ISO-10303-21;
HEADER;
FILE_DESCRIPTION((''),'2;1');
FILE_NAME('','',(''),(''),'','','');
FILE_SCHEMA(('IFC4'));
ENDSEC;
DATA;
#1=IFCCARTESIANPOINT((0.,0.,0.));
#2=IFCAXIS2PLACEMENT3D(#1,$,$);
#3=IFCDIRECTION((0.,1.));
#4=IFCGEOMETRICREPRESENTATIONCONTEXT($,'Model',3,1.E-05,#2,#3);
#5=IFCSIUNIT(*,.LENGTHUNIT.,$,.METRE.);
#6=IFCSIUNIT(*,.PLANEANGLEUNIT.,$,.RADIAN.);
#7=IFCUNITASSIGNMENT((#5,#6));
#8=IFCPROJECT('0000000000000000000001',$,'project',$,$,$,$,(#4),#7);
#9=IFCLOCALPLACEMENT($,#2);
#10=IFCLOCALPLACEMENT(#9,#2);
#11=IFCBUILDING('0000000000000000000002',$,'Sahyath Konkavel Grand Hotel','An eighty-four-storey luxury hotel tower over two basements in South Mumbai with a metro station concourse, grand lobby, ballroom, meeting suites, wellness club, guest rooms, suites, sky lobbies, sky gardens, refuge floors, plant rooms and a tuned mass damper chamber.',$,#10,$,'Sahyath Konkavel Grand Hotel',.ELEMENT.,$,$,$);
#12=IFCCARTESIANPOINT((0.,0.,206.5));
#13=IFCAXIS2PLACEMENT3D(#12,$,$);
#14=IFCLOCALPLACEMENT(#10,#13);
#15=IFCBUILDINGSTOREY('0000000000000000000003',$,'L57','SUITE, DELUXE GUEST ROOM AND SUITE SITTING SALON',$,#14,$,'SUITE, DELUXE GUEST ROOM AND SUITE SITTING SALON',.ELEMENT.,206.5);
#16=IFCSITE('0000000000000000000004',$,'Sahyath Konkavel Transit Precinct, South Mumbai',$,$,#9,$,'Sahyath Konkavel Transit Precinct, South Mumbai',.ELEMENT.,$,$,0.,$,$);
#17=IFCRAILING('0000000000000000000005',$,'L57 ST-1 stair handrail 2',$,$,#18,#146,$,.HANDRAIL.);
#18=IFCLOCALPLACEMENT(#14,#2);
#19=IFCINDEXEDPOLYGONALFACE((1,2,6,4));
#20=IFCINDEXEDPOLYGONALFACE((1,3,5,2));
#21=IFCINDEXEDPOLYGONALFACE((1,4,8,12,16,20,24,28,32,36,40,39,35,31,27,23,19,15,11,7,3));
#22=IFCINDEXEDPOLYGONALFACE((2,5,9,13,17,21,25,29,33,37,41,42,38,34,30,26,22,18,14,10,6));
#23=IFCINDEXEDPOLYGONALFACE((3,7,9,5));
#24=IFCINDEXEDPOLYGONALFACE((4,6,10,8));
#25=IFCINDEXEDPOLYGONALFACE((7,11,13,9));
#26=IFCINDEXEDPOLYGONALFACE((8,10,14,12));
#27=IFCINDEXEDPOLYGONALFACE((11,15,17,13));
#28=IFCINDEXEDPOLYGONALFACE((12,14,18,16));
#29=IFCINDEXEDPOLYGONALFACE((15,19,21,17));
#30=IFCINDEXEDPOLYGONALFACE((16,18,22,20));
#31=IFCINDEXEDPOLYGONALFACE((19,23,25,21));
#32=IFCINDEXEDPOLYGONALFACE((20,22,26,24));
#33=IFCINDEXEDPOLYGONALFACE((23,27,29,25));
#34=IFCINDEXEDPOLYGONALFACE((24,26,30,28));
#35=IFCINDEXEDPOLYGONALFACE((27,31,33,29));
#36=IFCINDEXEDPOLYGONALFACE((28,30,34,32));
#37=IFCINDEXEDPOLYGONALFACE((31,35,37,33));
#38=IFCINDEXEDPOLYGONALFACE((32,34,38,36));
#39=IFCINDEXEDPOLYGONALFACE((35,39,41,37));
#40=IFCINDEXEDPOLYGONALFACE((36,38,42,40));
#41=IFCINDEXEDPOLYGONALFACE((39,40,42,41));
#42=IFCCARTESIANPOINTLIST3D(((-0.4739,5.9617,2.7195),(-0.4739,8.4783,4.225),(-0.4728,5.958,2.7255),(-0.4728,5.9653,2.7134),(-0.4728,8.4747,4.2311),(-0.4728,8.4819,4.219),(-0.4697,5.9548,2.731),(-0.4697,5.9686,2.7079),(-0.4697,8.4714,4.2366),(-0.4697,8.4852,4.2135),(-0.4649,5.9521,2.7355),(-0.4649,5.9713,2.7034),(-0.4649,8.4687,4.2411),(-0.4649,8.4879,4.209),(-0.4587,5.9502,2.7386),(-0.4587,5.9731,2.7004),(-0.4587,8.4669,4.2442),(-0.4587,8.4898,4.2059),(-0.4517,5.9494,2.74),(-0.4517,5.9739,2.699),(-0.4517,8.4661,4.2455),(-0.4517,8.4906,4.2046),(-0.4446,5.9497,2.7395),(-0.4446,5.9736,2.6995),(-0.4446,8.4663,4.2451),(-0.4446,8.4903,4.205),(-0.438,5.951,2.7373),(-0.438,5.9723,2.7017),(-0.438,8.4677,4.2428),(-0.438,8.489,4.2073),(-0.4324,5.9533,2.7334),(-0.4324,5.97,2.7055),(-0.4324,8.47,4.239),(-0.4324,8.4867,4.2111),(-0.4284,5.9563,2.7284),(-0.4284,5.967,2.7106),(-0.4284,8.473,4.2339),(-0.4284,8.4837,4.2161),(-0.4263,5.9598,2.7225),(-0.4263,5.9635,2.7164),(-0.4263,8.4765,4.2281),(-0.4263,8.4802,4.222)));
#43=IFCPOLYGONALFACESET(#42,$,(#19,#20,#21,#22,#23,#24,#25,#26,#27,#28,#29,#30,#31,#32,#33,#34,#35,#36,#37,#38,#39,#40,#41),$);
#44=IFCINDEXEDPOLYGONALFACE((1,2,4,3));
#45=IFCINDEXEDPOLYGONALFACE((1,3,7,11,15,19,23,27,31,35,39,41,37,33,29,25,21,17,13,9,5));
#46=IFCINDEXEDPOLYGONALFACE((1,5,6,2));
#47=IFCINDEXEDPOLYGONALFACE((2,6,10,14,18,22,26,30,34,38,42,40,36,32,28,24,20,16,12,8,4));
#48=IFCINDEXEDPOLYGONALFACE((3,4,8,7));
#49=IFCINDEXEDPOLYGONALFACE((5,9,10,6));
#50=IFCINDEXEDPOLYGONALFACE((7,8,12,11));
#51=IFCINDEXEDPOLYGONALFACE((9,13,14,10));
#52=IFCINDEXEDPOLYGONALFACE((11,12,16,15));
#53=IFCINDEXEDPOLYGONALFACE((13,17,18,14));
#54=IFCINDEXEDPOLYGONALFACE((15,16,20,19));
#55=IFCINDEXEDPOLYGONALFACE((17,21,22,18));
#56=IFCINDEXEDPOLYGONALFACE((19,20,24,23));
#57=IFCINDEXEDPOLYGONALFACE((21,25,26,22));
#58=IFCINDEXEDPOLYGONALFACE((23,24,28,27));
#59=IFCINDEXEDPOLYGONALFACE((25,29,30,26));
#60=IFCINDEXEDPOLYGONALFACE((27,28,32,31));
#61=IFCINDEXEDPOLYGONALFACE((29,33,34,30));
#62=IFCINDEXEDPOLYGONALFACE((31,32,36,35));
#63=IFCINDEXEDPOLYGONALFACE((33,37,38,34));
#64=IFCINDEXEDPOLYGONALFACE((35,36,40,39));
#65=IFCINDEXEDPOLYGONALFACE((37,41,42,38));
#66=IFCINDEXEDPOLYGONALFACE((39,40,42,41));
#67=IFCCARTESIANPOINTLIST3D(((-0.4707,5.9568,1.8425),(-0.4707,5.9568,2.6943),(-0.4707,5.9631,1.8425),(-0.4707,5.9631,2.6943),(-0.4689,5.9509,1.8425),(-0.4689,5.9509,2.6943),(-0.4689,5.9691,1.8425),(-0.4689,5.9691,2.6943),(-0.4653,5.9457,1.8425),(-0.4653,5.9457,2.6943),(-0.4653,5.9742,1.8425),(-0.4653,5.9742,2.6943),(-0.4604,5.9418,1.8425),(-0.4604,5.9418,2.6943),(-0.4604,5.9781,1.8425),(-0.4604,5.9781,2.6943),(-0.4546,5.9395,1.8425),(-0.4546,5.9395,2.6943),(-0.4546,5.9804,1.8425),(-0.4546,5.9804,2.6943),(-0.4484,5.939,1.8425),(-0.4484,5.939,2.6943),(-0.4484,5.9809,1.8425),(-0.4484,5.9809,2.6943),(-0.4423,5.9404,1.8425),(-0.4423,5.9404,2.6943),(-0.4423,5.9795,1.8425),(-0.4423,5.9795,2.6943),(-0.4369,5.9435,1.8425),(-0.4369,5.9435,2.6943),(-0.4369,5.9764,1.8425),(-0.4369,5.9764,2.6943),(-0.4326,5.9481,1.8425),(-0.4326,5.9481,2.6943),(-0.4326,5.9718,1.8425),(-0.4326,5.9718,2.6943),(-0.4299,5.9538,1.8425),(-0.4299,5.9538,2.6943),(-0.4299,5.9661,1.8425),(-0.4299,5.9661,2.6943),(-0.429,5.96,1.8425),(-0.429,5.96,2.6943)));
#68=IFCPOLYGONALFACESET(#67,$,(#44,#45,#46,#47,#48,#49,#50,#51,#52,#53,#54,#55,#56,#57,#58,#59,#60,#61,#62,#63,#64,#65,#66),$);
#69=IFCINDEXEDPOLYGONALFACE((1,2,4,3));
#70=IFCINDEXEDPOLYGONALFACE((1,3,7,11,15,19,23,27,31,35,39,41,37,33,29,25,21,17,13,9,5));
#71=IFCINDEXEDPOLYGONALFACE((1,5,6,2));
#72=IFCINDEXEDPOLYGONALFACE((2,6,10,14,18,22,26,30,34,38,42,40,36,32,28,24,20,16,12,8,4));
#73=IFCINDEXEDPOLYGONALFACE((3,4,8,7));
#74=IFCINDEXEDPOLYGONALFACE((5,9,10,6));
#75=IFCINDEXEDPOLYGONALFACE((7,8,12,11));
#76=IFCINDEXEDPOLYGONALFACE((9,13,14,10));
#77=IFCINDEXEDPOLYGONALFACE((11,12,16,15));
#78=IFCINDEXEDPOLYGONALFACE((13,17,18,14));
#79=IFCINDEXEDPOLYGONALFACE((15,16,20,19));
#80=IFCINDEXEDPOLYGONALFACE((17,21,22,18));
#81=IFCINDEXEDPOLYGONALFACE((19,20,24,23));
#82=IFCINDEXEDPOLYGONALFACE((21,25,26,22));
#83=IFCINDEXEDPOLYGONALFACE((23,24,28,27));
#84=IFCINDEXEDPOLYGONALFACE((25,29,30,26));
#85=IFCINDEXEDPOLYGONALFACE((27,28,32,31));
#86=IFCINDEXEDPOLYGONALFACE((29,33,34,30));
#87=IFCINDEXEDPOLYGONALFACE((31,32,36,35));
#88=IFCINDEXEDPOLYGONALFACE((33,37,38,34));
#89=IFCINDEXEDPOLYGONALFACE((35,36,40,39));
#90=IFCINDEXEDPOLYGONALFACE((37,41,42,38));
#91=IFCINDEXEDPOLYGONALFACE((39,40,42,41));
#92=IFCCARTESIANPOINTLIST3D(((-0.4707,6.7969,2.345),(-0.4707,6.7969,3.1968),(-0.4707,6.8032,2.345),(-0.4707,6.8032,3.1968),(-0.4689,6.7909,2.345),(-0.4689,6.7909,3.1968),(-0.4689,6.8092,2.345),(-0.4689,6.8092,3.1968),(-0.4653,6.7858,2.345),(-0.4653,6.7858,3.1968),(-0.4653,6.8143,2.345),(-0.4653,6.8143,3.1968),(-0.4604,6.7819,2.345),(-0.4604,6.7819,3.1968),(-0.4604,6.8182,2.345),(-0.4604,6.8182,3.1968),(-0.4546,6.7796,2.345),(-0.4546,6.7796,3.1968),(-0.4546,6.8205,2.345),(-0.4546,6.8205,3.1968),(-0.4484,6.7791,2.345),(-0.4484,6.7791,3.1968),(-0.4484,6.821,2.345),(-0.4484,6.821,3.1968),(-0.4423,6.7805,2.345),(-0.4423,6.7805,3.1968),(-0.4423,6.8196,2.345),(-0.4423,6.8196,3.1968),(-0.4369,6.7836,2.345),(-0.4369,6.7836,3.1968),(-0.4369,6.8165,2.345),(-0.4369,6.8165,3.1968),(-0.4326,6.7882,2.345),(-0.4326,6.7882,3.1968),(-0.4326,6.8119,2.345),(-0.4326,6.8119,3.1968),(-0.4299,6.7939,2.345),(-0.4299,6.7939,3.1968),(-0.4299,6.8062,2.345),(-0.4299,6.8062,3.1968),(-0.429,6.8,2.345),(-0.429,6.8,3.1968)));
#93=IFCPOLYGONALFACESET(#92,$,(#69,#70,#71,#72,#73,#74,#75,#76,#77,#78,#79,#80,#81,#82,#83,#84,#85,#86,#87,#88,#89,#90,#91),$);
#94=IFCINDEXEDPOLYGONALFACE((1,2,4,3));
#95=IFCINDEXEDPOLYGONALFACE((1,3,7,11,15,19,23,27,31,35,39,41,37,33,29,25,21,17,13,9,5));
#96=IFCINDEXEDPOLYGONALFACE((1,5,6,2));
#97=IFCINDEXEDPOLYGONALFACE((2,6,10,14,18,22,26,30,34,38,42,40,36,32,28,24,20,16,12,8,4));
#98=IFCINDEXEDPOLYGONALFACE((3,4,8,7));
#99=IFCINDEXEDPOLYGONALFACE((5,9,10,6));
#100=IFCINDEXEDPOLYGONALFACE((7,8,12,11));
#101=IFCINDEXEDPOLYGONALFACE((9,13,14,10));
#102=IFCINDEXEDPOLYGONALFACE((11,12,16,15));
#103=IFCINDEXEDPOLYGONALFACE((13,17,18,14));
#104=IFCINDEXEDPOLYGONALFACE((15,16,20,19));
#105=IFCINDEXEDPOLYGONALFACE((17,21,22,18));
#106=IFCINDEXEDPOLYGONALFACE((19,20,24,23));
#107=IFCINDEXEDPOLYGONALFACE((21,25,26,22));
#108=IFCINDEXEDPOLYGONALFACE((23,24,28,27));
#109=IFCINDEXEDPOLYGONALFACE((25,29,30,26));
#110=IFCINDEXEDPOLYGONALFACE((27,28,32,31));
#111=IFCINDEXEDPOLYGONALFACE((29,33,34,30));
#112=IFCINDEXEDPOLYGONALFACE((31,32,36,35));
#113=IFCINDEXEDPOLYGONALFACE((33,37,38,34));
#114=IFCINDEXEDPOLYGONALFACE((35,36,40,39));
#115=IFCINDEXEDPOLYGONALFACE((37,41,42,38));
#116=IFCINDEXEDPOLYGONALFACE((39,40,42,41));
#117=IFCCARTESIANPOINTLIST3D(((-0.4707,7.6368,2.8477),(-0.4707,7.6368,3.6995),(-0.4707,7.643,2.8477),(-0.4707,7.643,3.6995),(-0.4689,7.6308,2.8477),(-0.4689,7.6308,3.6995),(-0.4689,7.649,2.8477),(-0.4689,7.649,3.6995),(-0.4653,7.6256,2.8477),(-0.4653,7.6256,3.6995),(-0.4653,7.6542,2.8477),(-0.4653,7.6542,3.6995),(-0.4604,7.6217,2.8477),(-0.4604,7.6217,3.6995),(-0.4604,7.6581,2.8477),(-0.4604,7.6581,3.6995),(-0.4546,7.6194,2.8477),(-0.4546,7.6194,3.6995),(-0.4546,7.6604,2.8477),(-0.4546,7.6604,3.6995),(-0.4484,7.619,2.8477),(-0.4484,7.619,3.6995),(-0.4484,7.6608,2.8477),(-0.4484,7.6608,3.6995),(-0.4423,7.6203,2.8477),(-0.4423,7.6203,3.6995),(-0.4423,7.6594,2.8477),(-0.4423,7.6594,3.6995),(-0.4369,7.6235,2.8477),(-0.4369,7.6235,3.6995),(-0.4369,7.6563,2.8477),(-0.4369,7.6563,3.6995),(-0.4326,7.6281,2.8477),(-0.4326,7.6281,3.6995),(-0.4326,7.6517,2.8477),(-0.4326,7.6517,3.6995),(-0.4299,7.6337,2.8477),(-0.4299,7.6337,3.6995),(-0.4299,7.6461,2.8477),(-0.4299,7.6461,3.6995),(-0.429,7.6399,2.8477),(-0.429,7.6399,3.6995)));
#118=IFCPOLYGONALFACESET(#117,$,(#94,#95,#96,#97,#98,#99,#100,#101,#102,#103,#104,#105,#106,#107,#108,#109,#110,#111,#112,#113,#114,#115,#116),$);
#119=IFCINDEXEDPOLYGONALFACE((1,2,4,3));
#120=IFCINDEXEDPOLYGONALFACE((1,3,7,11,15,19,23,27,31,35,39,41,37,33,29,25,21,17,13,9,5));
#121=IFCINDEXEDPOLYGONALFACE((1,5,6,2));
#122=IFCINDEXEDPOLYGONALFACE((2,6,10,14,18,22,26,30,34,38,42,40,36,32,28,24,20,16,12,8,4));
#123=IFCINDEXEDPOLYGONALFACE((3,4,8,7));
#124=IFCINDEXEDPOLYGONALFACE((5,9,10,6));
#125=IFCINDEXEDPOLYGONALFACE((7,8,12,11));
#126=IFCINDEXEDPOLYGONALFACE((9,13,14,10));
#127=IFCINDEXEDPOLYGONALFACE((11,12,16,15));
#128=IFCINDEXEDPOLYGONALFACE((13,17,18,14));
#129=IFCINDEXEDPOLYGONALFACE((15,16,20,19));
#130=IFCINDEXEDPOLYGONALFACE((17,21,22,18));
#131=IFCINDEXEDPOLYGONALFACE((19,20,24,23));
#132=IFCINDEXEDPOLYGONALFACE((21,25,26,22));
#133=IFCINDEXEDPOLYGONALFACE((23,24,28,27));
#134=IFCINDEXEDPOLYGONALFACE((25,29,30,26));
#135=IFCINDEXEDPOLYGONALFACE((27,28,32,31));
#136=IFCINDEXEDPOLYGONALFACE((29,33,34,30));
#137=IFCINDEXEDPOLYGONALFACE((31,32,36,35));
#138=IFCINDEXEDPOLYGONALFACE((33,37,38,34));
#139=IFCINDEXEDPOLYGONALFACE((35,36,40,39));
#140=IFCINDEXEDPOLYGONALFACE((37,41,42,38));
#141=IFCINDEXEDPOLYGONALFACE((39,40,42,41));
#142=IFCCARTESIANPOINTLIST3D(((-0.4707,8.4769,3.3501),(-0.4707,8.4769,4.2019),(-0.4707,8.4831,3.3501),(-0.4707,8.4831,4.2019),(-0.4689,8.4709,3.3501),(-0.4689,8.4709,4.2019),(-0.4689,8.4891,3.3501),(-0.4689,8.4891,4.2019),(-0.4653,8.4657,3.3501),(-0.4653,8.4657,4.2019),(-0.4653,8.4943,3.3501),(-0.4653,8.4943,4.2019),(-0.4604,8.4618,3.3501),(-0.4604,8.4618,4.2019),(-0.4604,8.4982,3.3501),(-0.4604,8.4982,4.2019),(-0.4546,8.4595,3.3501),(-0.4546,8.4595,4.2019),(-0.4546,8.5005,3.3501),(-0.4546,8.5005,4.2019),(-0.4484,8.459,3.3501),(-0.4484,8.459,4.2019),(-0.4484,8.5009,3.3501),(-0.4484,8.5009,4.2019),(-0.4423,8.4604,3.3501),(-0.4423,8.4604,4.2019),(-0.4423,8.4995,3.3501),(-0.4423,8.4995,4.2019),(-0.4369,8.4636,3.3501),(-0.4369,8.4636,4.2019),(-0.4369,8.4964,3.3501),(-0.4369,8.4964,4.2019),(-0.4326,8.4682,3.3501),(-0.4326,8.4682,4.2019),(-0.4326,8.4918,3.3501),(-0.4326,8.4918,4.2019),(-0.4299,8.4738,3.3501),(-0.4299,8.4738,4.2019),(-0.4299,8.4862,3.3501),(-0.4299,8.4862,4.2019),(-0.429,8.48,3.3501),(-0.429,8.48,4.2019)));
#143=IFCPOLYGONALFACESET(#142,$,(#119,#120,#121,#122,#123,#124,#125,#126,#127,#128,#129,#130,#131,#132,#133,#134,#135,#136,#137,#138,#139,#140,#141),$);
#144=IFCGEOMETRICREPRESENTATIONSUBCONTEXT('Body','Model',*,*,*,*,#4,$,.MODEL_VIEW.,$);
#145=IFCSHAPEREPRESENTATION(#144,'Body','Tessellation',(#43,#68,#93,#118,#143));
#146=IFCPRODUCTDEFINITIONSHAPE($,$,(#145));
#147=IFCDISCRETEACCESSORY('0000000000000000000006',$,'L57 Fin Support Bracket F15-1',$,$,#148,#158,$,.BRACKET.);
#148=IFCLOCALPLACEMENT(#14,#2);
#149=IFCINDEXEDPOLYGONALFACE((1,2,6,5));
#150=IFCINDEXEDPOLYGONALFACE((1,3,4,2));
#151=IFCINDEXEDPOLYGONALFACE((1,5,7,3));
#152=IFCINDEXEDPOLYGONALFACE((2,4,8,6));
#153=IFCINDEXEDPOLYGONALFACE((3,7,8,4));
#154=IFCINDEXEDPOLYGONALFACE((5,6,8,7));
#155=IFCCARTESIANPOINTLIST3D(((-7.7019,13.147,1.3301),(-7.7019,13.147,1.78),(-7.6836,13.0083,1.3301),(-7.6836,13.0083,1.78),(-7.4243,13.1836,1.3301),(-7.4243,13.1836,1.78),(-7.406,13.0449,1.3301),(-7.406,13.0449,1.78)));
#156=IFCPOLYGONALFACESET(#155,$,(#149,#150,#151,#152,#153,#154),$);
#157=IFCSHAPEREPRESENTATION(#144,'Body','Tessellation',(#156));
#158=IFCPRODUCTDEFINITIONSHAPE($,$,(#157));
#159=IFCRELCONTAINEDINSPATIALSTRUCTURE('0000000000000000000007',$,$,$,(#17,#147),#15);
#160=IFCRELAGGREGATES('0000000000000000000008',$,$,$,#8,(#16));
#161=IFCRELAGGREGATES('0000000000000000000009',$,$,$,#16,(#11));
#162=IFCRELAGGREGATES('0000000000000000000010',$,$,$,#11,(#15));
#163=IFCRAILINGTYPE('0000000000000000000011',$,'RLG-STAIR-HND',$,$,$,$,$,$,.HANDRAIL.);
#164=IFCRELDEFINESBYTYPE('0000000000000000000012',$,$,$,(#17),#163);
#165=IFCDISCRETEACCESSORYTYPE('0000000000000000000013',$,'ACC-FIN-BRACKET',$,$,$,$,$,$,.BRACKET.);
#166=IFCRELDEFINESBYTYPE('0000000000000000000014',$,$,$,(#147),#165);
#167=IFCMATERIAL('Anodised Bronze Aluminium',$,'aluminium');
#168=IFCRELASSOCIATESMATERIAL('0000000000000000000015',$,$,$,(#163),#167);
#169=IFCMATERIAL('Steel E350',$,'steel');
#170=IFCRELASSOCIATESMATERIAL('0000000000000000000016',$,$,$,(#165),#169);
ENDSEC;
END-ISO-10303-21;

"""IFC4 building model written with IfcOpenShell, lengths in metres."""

from ifc_helpers import new_model, si_unit, direction, frame, origin, origin_2d, place, context, subcontext, project, spatial, rectangle, circle, extrude, source, transform, mapped, material, type_object, element, save


model = new_model("IFC4")

# Units and contexts
model_context = context("Model", 3, precision=1e-05, world=origin(), true_north=direction((0.0, 1.0)))
body_context = subcontext(model_context, "Body", "Model", "MODEL_VIEW")
ifc_project = project(units=[si_unit("LENGTHUNIT", "METRE"), si_unit("PLANEANGLEUNIT", "RADIAN")], contexts=[model_context])

# Site, building, storey
site_placement = place(None, origin())
site = spatial("IfcSite", under=ifc_project, at=site_placement, Name="Sahyath Konkavel Transit Precinct, South Mumbai", LongName="Sahyath Konkavel Transit Precinct, South Mumbai", CompositionType="ELEMENT", RefElevation=0.0)
building_placement = place(site_placement, origin())
building = spatial("IfcBuilding", under=site, at=building_placement, Name="Sahyath Konkavel Grand Hotel", Description="An eighty-four-storey luxury hotel tower over two basements in South Mumbai with a metro station concourse, grand lobby, ballroom, meeting suites, wellness club, guest rooms, suites, sky lobbies, sky gardens, refuge floors, plant rooms and a tuned mass damper chamber.", LongName="Sahyath Konkavel Grand Hotel", CompositionType="ELEMENT")
storey_placement = place(building_placement, frame((0.0, 0.0, 206.5)))
storey = spatial("IfcBuildingStorey", under=building, at=storey_placement, Name="L57", Description="SUITE, DELUXE GUEST ROOM AND SUITE SITTING SALON", LongName="SUITE, DELUXE GUEST ROOM AND SUITE SITTING SALON", CompositionType="ELEMENT", Elevation=206.5)

# Shared definitions
ifc_material_1 = material(Name="Steel E350", Category="steel")

# Shared definitions
ifc_material_2 = material(Name="Anodised Bronze Aluminium", Category="aluminium")

# Railing
railing_type_1 = type_object("IfcRailingType", Name="RLG-STAIR-HND", PredefinedType="HANDRAIL", material=ifc_material_2)
railing_1_placement = place(storey_placement, frame((-0.45, 5.96, 1.8425)))
element("IfcRailing", 1, at=railing_1_placement, inside=storey, type_object=railing_type_1, Name="L57 ST-1 stair handrail 2", PredefinedType="HANDRAIL", context=body_context, shape_type="SweptSolid", body=[
    extrude(circle(Radius=0.0239, at=origin_2d()), frame((0.0, 0.0017, 0.877), z_axis=(0.0, 0.85816, 0.513383), x_axis=(-1.0, 0.0, 0.0)), (0.0, 0.0, 1.0), 2.9326),
    extrude(circle(Radius=0.021, at=origin_2d()), origin(), (0.0, 0.0, 1.0), 0.8518),
    extrude(circle(Radius=0.021, at=origin_2d()), frame((0.0, 0.8401, 0.5024)), (0.0, 0.0, 1.0), 0.8518),
    extrude(circle(Radius=0.021, at=origin_2d()), frame((0.0, 1.6799, 1.0051)), (0.0, 0.0, 1.0), 0.8518),
    extrude(circle(Radius=0.021, at=origin_2d()), frame((0.0, 2.52, 1.5076)), (0.0, 0.0, 1.0), 0.8518),
])

# Discrete accessory
discrete_accessory_type = type_object("IfcDiscreteAccessoryType", Name="ACC-FIN-BRACKET", PredefinedType="BRACKET", material=ifc_material_1)
shared_shape_1 = source(origin(), body_context, "Body", "SweptSolid", [
    extrude(rectangle(XDim=0.28, YDim=0.1399, at=origin_2d()), origin(), (0.0, 0.0, 1.0), 0.45),
])
discrete_accessory_placement = place(storey_placement, frame((-7.554, 13.0959, 1.3301), z_axis=(0.0, 0.0, 1.0), x_axis=(-0.991445, -0.130526, 0.0)))
element("IfcDiscreteAccessory", 2, at=discrete_accessory_placement, inside=storey, type_object=discrete_accessory_type, Name="L57 Fin Support Bracket F15-1", PredefinedType="BRACKET", context=body_context, shape_type="MappedRepresentation", body=[
    mapped(shared_shape_1, transform((0.0, 0.0, 0.0), scale=1.0)),
])

save(model, "model.ifc")
